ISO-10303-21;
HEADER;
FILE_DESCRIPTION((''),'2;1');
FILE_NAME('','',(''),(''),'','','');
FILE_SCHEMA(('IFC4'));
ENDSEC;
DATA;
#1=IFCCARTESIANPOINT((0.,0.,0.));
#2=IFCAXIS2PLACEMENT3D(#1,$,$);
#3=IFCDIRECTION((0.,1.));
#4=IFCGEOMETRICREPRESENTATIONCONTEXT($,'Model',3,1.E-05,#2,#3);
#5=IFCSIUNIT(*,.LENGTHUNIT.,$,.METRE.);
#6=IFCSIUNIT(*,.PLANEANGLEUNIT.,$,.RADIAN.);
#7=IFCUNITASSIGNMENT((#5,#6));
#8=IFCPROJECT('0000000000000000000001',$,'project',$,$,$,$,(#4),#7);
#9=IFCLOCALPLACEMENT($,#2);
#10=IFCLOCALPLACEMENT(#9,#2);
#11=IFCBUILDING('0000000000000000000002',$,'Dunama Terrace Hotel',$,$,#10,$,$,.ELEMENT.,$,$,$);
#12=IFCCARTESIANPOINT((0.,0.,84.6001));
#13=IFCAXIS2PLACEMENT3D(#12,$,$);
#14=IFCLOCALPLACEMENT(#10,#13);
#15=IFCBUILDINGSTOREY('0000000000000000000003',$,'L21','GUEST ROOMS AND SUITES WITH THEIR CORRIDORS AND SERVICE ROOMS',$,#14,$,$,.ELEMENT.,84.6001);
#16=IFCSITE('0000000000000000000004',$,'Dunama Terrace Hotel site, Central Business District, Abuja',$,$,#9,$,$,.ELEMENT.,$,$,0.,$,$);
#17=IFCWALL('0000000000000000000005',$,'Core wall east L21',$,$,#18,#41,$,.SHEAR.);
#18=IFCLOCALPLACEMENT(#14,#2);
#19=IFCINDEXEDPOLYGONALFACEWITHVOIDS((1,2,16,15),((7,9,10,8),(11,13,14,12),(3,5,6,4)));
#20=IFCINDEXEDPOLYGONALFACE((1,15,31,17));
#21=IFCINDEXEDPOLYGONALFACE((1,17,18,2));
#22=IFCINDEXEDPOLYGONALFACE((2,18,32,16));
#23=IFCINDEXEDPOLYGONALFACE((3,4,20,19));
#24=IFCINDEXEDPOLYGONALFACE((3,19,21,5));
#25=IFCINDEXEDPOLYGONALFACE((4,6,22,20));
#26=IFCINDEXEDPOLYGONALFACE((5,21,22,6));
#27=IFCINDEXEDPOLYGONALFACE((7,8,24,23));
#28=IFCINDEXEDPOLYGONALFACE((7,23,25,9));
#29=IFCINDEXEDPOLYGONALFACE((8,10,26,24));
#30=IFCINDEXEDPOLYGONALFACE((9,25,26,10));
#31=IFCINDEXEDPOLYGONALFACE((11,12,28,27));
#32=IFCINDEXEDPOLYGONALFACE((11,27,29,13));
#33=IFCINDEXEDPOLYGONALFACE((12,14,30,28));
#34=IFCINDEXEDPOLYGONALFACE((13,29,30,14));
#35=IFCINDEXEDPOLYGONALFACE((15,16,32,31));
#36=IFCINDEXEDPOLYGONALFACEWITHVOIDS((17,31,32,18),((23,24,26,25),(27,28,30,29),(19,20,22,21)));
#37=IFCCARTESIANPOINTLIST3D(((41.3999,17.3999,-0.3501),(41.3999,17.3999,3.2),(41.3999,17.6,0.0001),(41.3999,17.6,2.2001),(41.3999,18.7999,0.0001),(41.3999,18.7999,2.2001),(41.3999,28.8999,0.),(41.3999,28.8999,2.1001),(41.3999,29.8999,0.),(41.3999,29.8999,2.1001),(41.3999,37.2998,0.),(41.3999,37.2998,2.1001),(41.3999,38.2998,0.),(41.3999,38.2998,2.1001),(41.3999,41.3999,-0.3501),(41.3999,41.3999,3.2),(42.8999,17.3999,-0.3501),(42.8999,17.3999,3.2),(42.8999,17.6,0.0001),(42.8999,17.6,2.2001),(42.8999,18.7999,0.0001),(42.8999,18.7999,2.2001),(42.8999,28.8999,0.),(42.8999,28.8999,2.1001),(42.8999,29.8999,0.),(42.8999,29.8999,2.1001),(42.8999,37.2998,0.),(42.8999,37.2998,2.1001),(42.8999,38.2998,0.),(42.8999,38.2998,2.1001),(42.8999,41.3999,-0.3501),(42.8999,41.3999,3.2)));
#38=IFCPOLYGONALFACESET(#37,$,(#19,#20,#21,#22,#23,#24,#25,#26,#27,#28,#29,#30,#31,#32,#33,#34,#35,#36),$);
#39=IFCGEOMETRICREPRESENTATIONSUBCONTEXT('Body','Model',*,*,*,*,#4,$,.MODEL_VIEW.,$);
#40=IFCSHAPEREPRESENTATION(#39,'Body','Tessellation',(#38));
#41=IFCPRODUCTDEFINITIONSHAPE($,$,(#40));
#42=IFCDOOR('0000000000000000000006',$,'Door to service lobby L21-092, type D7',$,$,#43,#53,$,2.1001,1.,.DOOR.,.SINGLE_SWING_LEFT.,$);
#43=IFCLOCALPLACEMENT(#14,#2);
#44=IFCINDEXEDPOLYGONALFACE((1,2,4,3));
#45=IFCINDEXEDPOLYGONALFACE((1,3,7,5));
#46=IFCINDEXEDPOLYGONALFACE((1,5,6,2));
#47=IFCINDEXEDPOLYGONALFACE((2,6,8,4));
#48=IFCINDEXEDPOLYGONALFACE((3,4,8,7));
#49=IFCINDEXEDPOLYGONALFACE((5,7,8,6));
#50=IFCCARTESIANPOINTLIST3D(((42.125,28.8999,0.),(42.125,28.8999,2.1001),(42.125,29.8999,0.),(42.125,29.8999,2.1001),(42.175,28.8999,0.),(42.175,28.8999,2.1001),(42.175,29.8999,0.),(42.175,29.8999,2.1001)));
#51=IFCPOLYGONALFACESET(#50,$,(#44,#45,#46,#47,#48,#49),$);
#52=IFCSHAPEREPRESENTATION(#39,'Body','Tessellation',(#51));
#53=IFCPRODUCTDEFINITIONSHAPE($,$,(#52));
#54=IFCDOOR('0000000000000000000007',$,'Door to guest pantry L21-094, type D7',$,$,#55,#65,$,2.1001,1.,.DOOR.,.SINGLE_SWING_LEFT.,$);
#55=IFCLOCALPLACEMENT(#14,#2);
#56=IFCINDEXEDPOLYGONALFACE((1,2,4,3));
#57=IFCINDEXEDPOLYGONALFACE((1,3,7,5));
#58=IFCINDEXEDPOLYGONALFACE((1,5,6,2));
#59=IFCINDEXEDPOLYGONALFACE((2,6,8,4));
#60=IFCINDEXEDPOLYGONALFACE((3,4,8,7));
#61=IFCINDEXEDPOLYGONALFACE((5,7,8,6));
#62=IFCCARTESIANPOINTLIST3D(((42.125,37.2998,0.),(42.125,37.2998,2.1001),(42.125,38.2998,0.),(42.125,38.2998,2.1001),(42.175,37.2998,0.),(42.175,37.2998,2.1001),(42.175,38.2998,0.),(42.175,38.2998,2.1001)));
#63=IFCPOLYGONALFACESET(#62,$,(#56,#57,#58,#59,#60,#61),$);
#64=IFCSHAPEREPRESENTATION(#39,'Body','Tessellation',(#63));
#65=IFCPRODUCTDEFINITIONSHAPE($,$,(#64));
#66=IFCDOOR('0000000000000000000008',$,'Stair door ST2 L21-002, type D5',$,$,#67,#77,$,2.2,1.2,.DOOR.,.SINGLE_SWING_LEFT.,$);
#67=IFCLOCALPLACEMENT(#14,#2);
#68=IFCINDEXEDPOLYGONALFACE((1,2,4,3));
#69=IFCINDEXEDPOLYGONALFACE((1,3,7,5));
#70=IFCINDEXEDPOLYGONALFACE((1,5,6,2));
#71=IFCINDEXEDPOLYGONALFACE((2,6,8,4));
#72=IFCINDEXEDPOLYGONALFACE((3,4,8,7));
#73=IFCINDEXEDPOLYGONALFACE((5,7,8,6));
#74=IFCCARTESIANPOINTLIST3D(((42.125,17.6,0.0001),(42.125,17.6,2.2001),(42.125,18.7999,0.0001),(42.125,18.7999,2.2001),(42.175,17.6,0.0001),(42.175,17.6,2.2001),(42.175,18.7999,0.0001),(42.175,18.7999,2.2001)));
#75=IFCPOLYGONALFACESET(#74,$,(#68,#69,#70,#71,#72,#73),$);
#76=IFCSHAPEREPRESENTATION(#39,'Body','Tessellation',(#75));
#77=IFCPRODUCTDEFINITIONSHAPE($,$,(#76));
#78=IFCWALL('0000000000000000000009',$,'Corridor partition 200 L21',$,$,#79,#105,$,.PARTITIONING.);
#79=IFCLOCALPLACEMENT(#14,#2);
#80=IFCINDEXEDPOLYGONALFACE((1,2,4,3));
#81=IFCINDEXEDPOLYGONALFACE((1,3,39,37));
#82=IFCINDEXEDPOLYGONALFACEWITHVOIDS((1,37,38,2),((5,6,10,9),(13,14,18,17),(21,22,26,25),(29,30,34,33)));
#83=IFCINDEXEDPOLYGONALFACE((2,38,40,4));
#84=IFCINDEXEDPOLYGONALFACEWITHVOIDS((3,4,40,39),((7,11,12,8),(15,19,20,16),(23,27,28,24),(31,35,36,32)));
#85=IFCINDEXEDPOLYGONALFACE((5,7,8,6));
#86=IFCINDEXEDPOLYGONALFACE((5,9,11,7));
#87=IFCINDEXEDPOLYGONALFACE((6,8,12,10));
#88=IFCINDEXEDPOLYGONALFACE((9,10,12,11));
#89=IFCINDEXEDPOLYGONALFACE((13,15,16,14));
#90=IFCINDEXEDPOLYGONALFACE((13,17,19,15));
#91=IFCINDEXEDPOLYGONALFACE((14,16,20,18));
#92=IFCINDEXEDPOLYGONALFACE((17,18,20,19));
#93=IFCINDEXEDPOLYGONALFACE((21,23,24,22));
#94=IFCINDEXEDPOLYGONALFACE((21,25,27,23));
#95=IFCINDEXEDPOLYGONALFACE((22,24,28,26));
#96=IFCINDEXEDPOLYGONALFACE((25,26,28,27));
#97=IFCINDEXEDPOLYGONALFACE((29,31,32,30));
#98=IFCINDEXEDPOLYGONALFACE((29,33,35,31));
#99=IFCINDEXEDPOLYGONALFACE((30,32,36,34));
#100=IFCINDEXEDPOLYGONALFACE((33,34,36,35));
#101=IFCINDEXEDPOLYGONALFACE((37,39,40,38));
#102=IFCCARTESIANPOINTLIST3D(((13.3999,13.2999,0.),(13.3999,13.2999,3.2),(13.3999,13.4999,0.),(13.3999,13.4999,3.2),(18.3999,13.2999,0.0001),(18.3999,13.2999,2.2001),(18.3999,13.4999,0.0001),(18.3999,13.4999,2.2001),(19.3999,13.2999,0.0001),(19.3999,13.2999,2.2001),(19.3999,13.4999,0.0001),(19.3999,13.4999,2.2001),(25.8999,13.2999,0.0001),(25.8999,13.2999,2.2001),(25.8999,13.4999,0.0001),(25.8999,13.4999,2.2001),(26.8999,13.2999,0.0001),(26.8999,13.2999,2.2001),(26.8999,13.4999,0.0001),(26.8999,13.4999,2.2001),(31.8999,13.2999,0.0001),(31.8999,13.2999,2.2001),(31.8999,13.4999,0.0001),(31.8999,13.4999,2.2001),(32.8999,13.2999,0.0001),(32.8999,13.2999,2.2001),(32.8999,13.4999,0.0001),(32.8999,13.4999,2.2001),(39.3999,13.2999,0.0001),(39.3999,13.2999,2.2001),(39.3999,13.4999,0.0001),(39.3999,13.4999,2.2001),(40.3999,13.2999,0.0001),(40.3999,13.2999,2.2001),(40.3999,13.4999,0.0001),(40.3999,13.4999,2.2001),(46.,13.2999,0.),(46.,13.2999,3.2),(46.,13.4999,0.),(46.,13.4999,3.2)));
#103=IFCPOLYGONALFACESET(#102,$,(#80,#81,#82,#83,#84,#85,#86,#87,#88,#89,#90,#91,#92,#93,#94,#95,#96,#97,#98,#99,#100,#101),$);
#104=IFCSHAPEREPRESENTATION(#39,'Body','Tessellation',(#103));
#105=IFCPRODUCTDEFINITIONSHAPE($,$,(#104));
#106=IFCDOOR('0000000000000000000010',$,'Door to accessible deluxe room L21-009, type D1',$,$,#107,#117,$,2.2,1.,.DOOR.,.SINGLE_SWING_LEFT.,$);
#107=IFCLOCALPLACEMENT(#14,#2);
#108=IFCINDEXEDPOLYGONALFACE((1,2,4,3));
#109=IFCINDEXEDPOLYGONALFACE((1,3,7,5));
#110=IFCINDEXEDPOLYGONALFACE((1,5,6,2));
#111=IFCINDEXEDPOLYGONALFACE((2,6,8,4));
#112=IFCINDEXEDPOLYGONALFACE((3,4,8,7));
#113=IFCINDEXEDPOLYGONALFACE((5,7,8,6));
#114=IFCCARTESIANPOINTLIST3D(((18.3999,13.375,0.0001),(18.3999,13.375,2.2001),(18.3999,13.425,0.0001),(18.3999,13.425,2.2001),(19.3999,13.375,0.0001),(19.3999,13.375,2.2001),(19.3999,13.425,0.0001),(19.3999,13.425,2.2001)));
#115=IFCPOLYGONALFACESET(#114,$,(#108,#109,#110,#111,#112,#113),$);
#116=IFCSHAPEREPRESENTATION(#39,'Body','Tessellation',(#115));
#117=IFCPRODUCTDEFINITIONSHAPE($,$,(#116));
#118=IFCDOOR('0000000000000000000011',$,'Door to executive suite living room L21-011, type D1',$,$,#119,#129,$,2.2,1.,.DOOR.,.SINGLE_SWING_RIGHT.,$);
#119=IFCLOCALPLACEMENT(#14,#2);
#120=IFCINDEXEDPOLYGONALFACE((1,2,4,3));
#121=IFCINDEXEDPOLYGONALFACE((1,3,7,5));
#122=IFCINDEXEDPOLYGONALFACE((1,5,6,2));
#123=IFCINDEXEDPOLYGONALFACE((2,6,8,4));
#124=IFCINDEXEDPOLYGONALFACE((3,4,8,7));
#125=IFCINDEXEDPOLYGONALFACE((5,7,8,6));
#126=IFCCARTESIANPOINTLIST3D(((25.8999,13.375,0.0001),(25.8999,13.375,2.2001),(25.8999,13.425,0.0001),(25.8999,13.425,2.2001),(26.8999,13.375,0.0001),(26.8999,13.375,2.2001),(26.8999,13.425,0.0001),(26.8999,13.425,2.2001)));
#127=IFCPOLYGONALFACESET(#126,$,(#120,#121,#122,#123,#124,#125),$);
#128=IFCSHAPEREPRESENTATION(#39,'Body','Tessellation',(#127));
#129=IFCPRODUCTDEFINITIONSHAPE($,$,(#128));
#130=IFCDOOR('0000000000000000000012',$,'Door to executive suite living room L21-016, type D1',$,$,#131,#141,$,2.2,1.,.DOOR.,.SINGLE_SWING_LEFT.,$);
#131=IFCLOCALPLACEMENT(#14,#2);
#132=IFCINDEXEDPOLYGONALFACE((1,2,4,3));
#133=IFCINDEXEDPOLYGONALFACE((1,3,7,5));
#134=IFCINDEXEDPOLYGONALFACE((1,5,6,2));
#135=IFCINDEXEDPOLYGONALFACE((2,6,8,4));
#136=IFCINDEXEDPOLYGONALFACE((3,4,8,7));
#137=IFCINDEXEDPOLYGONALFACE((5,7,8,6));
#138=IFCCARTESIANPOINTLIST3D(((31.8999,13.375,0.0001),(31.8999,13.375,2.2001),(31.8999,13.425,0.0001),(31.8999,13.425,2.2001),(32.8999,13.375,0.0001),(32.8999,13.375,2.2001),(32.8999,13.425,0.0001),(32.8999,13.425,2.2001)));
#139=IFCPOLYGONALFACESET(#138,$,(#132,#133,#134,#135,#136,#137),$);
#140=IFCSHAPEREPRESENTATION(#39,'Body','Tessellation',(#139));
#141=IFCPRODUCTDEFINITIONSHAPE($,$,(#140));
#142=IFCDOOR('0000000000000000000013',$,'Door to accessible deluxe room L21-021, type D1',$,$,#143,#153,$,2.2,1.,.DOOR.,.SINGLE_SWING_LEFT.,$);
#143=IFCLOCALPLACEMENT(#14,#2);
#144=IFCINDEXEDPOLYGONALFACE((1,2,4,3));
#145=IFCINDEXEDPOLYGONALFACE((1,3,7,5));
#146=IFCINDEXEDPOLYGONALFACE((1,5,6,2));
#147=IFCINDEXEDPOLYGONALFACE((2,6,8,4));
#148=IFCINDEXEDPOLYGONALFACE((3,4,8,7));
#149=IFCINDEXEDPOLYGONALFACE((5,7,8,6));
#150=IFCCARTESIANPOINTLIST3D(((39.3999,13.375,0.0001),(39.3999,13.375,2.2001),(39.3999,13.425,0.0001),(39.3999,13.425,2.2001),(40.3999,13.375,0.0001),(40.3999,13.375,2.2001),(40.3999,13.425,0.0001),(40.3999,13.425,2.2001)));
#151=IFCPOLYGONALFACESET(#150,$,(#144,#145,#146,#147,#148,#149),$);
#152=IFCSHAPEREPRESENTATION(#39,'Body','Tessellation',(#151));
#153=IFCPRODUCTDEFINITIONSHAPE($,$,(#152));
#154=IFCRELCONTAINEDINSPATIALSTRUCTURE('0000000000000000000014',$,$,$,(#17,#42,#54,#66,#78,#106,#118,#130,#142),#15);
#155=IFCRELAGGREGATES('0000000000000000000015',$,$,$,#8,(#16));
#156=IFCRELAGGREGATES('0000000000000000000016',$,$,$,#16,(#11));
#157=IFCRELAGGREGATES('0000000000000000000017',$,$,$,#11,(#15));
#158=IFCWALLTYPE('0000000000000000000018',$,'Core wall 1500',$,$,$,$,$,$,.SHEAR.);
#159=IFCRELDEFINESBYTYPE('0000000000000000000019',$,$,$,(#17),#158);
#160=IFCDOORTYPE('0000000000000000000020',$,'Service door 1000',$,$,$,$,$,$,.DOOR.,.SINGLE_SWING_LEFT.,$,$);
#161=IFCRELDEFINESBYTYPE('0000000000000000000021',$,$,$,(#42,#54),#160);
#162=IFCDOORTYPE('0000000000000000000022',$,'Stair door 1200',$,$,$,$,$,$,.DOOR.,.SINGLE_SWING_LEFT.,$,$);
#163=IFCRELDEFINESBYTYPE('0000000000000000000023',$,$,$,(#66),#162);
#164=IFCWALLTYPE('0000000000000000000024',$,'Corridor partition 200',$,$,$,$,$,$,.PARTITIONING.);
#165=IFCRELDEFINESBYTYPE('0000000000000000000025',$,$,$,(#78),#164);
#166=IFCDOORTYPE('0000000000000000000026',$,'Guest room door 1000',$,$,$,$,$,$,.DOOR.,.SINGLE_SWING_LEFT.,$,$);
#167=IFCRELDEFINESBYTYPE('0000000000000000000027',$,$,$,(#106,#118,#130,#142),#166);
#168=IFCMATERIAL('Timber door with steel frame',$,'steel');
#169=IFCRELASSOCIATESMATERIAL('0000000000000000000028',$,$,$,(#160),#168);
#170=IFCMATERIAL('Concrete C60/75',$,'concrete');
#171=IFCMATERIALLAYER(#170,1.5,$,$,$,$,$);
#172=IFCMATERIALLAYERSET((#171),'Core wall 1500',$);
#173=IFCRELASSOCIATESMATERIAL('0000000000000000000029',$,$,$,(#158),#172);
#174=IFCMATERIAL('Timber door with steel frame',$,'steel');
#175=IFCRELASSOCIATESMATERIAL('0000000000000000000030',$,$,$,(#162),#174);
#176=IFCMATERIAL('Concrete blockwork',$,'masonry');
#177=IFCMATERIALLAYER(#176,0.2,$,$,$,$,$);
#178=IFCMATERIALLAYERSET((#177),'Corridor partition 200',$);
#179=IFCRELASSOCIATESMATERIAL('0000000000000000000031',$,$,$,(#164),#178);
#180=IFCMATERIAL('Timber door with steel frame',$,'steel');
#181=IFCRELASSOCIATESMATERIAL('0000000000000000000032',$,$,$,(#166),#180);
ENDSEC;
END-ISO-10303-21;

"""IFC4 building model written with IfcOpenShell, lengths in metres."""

from ifc_helpers import new_model, si_unit, direction, frame, frame_2d, origin, place, context, subcontext, project, spatial, rectangle, extrude, material, layer, layer_set, type_object, element, fill, save


model = new_model("IFC4")

# Units and contexts
model_context = context("Model", 3, precision=1e-05, world=origin(), true_north=direction((0.0, 1.0)))
body_context = subcontext(model_context, "Body", "Model", "MODEL_VIEW")
ifc_project = project(units=[si_unit("LENGTHUNIT", "METRE"), si_unit("PLANEANGLEUNIT", "RADIAN")], contexts=[model_context])

# Site, building, storey
site_placement = place(None, origin())
site = spatial("IfcSite", under=ifc_project, at=site_placement, Name="Dunama Terrace Hotel site, Central Business District, Abuja", CompositionType="ELEMENT", RefElevation=0.0)
building_placement = place(site_placement, origin())
building = spatial("IfcBuilding", under=site, at=building_placement, Name="Dunama Terrace Hotel", CompositionType="ELEMENT")
storey_placement = place(building_placement, frame((0.0, 0.0, 84.6001)))
storey = spatial("IfcBuildingStorey", under=building, at=storey_placement, Name="L21", Description="GUEST ROOMS AND SUITES WITH THEIR CORRIDORS AND SERVICE ROOMS", CompositionType="ELEMENT", Elevation=84.6001)

# Shared definitions
ifc_material_1 = material(Name="Timber door with steel frame", Category="steel")
door_type_1 = type_object("IfcDoorType", Name="Service door 1000", OperationType="SINGLE_SWING_LEFT", PredefinedType="DOOR", material=ifc_material_1)

# Walls, openings, doors
ifc_material_2 = material(Name="Concrete C60/75", Category="concrete")
ifc_layer_1 = layer(ifc_material_2, 1.5)
ifc_layer_set_1 = layer_set([ifc_layer_1], Name="Core wall 1500")
wall_type_1 = type_object("IfcWallType", Name="Core wall 1500", PredefinedType="SHEAR", material=ifc_layer_set_1)
wall_1_placement = place(storey_placement, frame((42.1499, 17.3999, -0.3501), z_axis=(0.0, 0.0, 1.0), x_axis=(0.0, 1.0, 0.0)))
wall_1 = element("IfcWall", 1, at=wall_1_placement, inside=storey, type_object=wall_type_1, Name="Core wall east L21", PredefinedType="SHEAR", context=body_context, shape_type="SweptSolid", body=[
    extrude(rectangle(XDim=24.0, YDim=1.5, at=frame_2d((12.0, 0.0))), origin(), (0.0, 0.0, 1.0), 3.55),
])
opening_1_placement = place(wall_1_placement, frame((0.2, 0.0, 0.3501)))
opening_1 = element("IfcOpeningElement", 2, at=opening_1_placement, cuts=wall_1, PredefinedType="OPENING", context=body_context, shape_type="SweptSolid", body=[
    extrude(rectangle(XDim=1.2, YDim=2.2, at=frame_2d((0.6001, 1.1001))), frame((0.0, 0.76, 0.0), z_axis=(0.0, -1.0, 0.0), x_axis=(1.0, 0.0, 0.0)), (0.0, 0.0, 1.0), 1.52),
])
opening_2_placement = place(wall_1_placement, frame((11.5, 0.0, 0.3501)))
opening_2 = element("IfcOpeningElement", 3, at=opening_2_placement, cuts=wall_1, PredefinedType="OPENING", context=body_context, shape_type="SweptSolid", body=[
    extrude(rectangle(XDim=1.0, YDim=2.1001, at=frame_2d((0.5, 1.05))), frame((0.0, 0.76, 0.0), z_axis=(0.0, -1.0, 0.0), x_axis=(1.0, 0.0, 0.0)), (0.0, 0.0, 1.0), 1.52),
])
opening_3_placement = place(wall_1_placement, frame((19.8999, 0.0, 0.3501)))
opening_3 = element("IfcOpeningElement", 4, at=opening_3_placement, cuts=wall_1, PredefinedType="OPENING", context=body_context, shape_type="SweptSolid", body=[
    extrude(rectangle(XDim=1.0, YDim=2.1001, at=frame_2d((0.5, 1.05))), frame((0.0, 0.76, 0.0), z_axis=(0.0, -1.0, 0.0), x_axis=(1.0, 0.0, 0.0)), (0.0, 0.0, 1.0), 1.52),
])
door_1_placement = place(opening_2_placement, origin())
door_1 = element("IfcDoor", 5, at=door_1_placement, inside=storey, type_object=door_type_1, Name="Door to service lobby L21-092, type D7", OperationType="SINGLE_SWING_LEFT", OverallHeight=2.1001, OverallWidth=1.0, PredefinedType="DOOR", context=body_context, shape_type="SweptSolid", body=[
    extrude(rectangle(XDim=1.0, YDim=2.1001, at=frame_2d((0.5, 1.05))), frame((0.0, 0.0249, 0.0), z_axis=(0.0, -1.0, 0.0), x_axis=(1.0, 0.0, 0.0)), (0.0, 0.0, 1.0), 0.05),
])
fill(opening_2, door_1)
door_2_placement = place(opening_3_placement, origin())
door_2 = element("IfcDoor", 6, at=door_2_placement, inside=storey, type_object=door_type_1, Name="Door to guest pantry L21-094, type D7", OperationType="SINGLE_SWING_LEFT", OverallHeight=2.1001, OverallWidth=1.0, PredefinedType="DOOR", context=body_context, shape_type="SweptSolid", body=[
    extrude(rectangle(XDim=1.0, YDim=2.1001, at=frame_2d((0.5, 1.05))), frame((0.0, 0.0249, 0.0), z_axis=(0.0, -1.0, 0.0), x_axis=(1.0, 0.0, 0.0)), (0.0, 0.0, 1.0), 0.05),
])
fill(opening_3, door_2)
ifc_material_3 = material(Name="Timber door with steel frame", Category="steel")
door_type_2 = type_object("IfcDoorType", Name="Stair door 1200", OperationType="SINGLE_SWING_LEFT", PredefinedType="DOOR", material=ifc_material_3)
door_3_placement = place(opening_1_placement, origin())
door_3 = element("IfcDoor", 7, at=door_3_placement, inside=storey, type_object=door_type_2, Name="Stair door ST2 L21-002, type D5", OperationType="SINGLE_SWING_LEFT", OverallHeight=2.2, OverallWidth=1.2, PredefinedType="DOOR", context=body_context, shape_type="SweptSolid", body=[
    extrude(rectangle(XDim=1.2, YDim=2.2, at=frame_2d((0.6001, 1.1001))), frame((0.0, 0.0249, 0.0), z_axis=(0.0, -1.0, 0.0), x_axis=(1.0, 0.0, 0.0)), (0.0, 0.0, 1.0), 0.05),
])
fill(opening_1, door_3)
ifc_material_4 = material(Name="Concrete blockwork", Category="masonry")
ifc_layer_2 = layer(ifc_material_4, 0.2)
ifc_layer_set_2 = layer_set([ifc_layer_2], Name="Corridor partition 200")
wall_type_2 = type_object("IfcWallType", Name="Corridor partition 200", PredefinedType="PARTITIONING", material=ifc_layer_set_2)
wall_2_placement = place(storey_placement, frame((46.0, 13.3999, 0.0), z_axis=(0.0, 0.0, 1.0), x_axis=(-1.0, 0.0, 0.0)))
wall_2 = element("IfcWall", 8, at=wall_2_placement, inside=storey, type_object=wall_type_2, Name="Corridor partition 200 L21", PredefinedType="PARTITIONING", context=body_context, shape_type="SweptSolid", body=[
    extrude(rectangle(XDim=32.6001, YDim=0.2, at=frame_2d((16.3, 0.0))), origin(), (0.0, 0.0, 1.0), 3.2),
])
opening_4_placement = place(wall_2_placement, frame((26.6001, 0.0, 0.0)))
opening_4 = element("IfcOpeningElement", 9, at=opening_4_placement, cuts=wall_2, PredefinedType="OPENING", context=body_context, shape_type="SweptSolid", body=[
    extrude(rectangle(XDim=1.0, YDim=2.2, at=frame_2d((0.5, 1.1001))), frame((0.0, 0.1099, 0.0), z_axis=(0.0, -1.0, 0.0), x_axis=(1.0, 0.0, 0.0)), (0.0, 0.0, 1.0), 0.22),
])
opening_5_placement = place(wall_2_placement, frame((19.1001, 0.0, 0.0)))
opening_5 = element("IfcOpeningElement", 10, at=opening_5_placement, cuts=wall_2, PredefinedType="OPENING", context=body_context, shape_type="SweptSolid", body=[
    extrude(rectangle(XDim=1.0, YDim=2.2, at=frame_2d((0.5, 1.1001))), frame((0.0, 0.1099, 0.0), z_axis=(0.0, -1.0, 0.0), x_axis=(1.0, 0.0, 0.0)), (0.0, 0.0, 1.0), 0.22),
])
opening_6_placement = place(wall_2_placement, frame((13.1001, 0.0, 0.0)))
opening_6 = element("IfcOpeningElement", 11, at=opening_6_placement, cuts=wall_2, PredefinedType="OPENING", context=body_context, shape_type="SweptSolid", body=[
    extrude(rectangle(XDim=1.0, YDim=2.2, at=frame_2d((0.5, 1.1001))), frame((0.0, 0.1099, 0.0), z_axis=(0.0, -1.0, 0.0), x_axis=(1.0, 0.0, 0.0)), (0.0, 0.0, 1.0), 0.22),
])
opening_7_placement = place(wall_2_placement, frame((5.6001, 0.0, 0.0)))
opening_7 = element("IfcOpeningElement", 12, at=opening_7_placement, cuts=wall_2, PredefinedType="OPENING", context=body_context, shape_type="SweptSolid", body=[
    extrude(rectangle(XDim=1.0, YDim=2.2, at=frame_2d((0.5, 1.1001))), frame((0.0, 0.1099, 0.0), z_axis=(0.0, -1.0, 0.0), x_axis=(1.0, 0.0, 0.0)), (0.0, 0.0, 1.0), 0.22),
])
ifc_material_5 = material(Name="Timber door with steel frame", Category="steel")
door_type_3 = type_object("IfcDoorType", Name="Guest room door 1000", OperationType="SINGLE_SWING_LEFT", PredefinedType="DOOR", material=ifc_material_5)
door_4_placement = place(opening_4_placement, origin())
door_4 = element("IfcDoor", 13, at=door_4_placement, inside=storey, type_object=door_type_3, Name="Door to accessible deluxe room L21-009, type D1", OperationType="SINGLE_SWING_LEFT", OverallHeight=2.2, OverallWidth=1.0, PredefinedType="DOOR", context=body_context, shape_type="SweptSolid", body=[
    extrude(rectangle(XDim=1.0, YDim=2.2, at=frame_2d((0.5, 1.1001))), frame((0.0, 0.0249, 0.0), z_axis=(0.0, -1.0, 0.0), x_axis=(1.0, 0.0, 0.0)), (0.0, 0.0, 1.0), 0.05),
])
fill(opening_4, door_4)
door_5_placement = place(opening_5_placement, origin())
door_5 = element("IfcDoor", 14, at=door_5_placement, inside=storey, type_object=door_type_3, Name="Door to executive suite living room L21-011, type D1", OperationType="SINGLE_SWING_RIGHT", OverallHeight=2.2, OverallWidth=1.0, PredefinedType="DOOR", context=body_context, shape_type="SweptSolid", body=[
    extrude(rectangle(XDim=1.0, YDim=2.2, at=frame_2d((0.5, 1.1001))), frame((0.0, 0.0249, 0.0), z_axis=(0.0, -1.0, 0.0), x_axis=(1.0, 0.0, 0.0)), (0.0, 0.0, 1.0), 0.05),
])
fill(opening_5, door_5)
door_6_placement = place(opening_6_placement, origin())
door_6 = element("IfcDoor", 15, at=door_6_placement, inside=storey, type_object=door_type_3, Name="Door to executive suite living room L21-016, type D1", OperationType="SINGLE_SWING_LEFT", OverallHeight=2.2, OverallWidth=1.0, PredefinedType="DOOR", context=body_context, shape_type="SweptSolid", body=[
    extrude(rectangle(XDim=1.0, YDim=2.2, at=frame_2d((0.5, 1.1001))), frame((0.0, 0.0249, 0.0), z_axis=(0.0, -1.0, 0.0), x_axis=(1.0, 0.0, 0.0)), (0.0, 0.0, 1.0), 0.05),
])
fill(opening_6, door_6)
door_7_placement = place(opening_7_placement, origin())
door_7 = element("IfcDoor", 16, at=door_7_placement, inside=storey, type_object=door_type_3, Name="Door to accessible deluxe room L21-021, type D1", OperationType="SINGLE_SWING_LEFT", OverallHeight=2.2, OverallWidth=1.0, PredefinedType="DOOR", context=body_context, shape_type="SweptSolid", body=[
    extrude(rectangle(XDim=1.0, YDim=2.2, at=frame_2d((0.5, 1.1001))), frame((0.0, 0.0249, 0.0), z_axis=(0.0, -1.0, 0.0), x_axis=(1.0, 0.0, 0.0)), (0.0, 0.0, 1.0), 0.05),
])
fill(opening_7, door_7)

save(model, "model.ifc")
